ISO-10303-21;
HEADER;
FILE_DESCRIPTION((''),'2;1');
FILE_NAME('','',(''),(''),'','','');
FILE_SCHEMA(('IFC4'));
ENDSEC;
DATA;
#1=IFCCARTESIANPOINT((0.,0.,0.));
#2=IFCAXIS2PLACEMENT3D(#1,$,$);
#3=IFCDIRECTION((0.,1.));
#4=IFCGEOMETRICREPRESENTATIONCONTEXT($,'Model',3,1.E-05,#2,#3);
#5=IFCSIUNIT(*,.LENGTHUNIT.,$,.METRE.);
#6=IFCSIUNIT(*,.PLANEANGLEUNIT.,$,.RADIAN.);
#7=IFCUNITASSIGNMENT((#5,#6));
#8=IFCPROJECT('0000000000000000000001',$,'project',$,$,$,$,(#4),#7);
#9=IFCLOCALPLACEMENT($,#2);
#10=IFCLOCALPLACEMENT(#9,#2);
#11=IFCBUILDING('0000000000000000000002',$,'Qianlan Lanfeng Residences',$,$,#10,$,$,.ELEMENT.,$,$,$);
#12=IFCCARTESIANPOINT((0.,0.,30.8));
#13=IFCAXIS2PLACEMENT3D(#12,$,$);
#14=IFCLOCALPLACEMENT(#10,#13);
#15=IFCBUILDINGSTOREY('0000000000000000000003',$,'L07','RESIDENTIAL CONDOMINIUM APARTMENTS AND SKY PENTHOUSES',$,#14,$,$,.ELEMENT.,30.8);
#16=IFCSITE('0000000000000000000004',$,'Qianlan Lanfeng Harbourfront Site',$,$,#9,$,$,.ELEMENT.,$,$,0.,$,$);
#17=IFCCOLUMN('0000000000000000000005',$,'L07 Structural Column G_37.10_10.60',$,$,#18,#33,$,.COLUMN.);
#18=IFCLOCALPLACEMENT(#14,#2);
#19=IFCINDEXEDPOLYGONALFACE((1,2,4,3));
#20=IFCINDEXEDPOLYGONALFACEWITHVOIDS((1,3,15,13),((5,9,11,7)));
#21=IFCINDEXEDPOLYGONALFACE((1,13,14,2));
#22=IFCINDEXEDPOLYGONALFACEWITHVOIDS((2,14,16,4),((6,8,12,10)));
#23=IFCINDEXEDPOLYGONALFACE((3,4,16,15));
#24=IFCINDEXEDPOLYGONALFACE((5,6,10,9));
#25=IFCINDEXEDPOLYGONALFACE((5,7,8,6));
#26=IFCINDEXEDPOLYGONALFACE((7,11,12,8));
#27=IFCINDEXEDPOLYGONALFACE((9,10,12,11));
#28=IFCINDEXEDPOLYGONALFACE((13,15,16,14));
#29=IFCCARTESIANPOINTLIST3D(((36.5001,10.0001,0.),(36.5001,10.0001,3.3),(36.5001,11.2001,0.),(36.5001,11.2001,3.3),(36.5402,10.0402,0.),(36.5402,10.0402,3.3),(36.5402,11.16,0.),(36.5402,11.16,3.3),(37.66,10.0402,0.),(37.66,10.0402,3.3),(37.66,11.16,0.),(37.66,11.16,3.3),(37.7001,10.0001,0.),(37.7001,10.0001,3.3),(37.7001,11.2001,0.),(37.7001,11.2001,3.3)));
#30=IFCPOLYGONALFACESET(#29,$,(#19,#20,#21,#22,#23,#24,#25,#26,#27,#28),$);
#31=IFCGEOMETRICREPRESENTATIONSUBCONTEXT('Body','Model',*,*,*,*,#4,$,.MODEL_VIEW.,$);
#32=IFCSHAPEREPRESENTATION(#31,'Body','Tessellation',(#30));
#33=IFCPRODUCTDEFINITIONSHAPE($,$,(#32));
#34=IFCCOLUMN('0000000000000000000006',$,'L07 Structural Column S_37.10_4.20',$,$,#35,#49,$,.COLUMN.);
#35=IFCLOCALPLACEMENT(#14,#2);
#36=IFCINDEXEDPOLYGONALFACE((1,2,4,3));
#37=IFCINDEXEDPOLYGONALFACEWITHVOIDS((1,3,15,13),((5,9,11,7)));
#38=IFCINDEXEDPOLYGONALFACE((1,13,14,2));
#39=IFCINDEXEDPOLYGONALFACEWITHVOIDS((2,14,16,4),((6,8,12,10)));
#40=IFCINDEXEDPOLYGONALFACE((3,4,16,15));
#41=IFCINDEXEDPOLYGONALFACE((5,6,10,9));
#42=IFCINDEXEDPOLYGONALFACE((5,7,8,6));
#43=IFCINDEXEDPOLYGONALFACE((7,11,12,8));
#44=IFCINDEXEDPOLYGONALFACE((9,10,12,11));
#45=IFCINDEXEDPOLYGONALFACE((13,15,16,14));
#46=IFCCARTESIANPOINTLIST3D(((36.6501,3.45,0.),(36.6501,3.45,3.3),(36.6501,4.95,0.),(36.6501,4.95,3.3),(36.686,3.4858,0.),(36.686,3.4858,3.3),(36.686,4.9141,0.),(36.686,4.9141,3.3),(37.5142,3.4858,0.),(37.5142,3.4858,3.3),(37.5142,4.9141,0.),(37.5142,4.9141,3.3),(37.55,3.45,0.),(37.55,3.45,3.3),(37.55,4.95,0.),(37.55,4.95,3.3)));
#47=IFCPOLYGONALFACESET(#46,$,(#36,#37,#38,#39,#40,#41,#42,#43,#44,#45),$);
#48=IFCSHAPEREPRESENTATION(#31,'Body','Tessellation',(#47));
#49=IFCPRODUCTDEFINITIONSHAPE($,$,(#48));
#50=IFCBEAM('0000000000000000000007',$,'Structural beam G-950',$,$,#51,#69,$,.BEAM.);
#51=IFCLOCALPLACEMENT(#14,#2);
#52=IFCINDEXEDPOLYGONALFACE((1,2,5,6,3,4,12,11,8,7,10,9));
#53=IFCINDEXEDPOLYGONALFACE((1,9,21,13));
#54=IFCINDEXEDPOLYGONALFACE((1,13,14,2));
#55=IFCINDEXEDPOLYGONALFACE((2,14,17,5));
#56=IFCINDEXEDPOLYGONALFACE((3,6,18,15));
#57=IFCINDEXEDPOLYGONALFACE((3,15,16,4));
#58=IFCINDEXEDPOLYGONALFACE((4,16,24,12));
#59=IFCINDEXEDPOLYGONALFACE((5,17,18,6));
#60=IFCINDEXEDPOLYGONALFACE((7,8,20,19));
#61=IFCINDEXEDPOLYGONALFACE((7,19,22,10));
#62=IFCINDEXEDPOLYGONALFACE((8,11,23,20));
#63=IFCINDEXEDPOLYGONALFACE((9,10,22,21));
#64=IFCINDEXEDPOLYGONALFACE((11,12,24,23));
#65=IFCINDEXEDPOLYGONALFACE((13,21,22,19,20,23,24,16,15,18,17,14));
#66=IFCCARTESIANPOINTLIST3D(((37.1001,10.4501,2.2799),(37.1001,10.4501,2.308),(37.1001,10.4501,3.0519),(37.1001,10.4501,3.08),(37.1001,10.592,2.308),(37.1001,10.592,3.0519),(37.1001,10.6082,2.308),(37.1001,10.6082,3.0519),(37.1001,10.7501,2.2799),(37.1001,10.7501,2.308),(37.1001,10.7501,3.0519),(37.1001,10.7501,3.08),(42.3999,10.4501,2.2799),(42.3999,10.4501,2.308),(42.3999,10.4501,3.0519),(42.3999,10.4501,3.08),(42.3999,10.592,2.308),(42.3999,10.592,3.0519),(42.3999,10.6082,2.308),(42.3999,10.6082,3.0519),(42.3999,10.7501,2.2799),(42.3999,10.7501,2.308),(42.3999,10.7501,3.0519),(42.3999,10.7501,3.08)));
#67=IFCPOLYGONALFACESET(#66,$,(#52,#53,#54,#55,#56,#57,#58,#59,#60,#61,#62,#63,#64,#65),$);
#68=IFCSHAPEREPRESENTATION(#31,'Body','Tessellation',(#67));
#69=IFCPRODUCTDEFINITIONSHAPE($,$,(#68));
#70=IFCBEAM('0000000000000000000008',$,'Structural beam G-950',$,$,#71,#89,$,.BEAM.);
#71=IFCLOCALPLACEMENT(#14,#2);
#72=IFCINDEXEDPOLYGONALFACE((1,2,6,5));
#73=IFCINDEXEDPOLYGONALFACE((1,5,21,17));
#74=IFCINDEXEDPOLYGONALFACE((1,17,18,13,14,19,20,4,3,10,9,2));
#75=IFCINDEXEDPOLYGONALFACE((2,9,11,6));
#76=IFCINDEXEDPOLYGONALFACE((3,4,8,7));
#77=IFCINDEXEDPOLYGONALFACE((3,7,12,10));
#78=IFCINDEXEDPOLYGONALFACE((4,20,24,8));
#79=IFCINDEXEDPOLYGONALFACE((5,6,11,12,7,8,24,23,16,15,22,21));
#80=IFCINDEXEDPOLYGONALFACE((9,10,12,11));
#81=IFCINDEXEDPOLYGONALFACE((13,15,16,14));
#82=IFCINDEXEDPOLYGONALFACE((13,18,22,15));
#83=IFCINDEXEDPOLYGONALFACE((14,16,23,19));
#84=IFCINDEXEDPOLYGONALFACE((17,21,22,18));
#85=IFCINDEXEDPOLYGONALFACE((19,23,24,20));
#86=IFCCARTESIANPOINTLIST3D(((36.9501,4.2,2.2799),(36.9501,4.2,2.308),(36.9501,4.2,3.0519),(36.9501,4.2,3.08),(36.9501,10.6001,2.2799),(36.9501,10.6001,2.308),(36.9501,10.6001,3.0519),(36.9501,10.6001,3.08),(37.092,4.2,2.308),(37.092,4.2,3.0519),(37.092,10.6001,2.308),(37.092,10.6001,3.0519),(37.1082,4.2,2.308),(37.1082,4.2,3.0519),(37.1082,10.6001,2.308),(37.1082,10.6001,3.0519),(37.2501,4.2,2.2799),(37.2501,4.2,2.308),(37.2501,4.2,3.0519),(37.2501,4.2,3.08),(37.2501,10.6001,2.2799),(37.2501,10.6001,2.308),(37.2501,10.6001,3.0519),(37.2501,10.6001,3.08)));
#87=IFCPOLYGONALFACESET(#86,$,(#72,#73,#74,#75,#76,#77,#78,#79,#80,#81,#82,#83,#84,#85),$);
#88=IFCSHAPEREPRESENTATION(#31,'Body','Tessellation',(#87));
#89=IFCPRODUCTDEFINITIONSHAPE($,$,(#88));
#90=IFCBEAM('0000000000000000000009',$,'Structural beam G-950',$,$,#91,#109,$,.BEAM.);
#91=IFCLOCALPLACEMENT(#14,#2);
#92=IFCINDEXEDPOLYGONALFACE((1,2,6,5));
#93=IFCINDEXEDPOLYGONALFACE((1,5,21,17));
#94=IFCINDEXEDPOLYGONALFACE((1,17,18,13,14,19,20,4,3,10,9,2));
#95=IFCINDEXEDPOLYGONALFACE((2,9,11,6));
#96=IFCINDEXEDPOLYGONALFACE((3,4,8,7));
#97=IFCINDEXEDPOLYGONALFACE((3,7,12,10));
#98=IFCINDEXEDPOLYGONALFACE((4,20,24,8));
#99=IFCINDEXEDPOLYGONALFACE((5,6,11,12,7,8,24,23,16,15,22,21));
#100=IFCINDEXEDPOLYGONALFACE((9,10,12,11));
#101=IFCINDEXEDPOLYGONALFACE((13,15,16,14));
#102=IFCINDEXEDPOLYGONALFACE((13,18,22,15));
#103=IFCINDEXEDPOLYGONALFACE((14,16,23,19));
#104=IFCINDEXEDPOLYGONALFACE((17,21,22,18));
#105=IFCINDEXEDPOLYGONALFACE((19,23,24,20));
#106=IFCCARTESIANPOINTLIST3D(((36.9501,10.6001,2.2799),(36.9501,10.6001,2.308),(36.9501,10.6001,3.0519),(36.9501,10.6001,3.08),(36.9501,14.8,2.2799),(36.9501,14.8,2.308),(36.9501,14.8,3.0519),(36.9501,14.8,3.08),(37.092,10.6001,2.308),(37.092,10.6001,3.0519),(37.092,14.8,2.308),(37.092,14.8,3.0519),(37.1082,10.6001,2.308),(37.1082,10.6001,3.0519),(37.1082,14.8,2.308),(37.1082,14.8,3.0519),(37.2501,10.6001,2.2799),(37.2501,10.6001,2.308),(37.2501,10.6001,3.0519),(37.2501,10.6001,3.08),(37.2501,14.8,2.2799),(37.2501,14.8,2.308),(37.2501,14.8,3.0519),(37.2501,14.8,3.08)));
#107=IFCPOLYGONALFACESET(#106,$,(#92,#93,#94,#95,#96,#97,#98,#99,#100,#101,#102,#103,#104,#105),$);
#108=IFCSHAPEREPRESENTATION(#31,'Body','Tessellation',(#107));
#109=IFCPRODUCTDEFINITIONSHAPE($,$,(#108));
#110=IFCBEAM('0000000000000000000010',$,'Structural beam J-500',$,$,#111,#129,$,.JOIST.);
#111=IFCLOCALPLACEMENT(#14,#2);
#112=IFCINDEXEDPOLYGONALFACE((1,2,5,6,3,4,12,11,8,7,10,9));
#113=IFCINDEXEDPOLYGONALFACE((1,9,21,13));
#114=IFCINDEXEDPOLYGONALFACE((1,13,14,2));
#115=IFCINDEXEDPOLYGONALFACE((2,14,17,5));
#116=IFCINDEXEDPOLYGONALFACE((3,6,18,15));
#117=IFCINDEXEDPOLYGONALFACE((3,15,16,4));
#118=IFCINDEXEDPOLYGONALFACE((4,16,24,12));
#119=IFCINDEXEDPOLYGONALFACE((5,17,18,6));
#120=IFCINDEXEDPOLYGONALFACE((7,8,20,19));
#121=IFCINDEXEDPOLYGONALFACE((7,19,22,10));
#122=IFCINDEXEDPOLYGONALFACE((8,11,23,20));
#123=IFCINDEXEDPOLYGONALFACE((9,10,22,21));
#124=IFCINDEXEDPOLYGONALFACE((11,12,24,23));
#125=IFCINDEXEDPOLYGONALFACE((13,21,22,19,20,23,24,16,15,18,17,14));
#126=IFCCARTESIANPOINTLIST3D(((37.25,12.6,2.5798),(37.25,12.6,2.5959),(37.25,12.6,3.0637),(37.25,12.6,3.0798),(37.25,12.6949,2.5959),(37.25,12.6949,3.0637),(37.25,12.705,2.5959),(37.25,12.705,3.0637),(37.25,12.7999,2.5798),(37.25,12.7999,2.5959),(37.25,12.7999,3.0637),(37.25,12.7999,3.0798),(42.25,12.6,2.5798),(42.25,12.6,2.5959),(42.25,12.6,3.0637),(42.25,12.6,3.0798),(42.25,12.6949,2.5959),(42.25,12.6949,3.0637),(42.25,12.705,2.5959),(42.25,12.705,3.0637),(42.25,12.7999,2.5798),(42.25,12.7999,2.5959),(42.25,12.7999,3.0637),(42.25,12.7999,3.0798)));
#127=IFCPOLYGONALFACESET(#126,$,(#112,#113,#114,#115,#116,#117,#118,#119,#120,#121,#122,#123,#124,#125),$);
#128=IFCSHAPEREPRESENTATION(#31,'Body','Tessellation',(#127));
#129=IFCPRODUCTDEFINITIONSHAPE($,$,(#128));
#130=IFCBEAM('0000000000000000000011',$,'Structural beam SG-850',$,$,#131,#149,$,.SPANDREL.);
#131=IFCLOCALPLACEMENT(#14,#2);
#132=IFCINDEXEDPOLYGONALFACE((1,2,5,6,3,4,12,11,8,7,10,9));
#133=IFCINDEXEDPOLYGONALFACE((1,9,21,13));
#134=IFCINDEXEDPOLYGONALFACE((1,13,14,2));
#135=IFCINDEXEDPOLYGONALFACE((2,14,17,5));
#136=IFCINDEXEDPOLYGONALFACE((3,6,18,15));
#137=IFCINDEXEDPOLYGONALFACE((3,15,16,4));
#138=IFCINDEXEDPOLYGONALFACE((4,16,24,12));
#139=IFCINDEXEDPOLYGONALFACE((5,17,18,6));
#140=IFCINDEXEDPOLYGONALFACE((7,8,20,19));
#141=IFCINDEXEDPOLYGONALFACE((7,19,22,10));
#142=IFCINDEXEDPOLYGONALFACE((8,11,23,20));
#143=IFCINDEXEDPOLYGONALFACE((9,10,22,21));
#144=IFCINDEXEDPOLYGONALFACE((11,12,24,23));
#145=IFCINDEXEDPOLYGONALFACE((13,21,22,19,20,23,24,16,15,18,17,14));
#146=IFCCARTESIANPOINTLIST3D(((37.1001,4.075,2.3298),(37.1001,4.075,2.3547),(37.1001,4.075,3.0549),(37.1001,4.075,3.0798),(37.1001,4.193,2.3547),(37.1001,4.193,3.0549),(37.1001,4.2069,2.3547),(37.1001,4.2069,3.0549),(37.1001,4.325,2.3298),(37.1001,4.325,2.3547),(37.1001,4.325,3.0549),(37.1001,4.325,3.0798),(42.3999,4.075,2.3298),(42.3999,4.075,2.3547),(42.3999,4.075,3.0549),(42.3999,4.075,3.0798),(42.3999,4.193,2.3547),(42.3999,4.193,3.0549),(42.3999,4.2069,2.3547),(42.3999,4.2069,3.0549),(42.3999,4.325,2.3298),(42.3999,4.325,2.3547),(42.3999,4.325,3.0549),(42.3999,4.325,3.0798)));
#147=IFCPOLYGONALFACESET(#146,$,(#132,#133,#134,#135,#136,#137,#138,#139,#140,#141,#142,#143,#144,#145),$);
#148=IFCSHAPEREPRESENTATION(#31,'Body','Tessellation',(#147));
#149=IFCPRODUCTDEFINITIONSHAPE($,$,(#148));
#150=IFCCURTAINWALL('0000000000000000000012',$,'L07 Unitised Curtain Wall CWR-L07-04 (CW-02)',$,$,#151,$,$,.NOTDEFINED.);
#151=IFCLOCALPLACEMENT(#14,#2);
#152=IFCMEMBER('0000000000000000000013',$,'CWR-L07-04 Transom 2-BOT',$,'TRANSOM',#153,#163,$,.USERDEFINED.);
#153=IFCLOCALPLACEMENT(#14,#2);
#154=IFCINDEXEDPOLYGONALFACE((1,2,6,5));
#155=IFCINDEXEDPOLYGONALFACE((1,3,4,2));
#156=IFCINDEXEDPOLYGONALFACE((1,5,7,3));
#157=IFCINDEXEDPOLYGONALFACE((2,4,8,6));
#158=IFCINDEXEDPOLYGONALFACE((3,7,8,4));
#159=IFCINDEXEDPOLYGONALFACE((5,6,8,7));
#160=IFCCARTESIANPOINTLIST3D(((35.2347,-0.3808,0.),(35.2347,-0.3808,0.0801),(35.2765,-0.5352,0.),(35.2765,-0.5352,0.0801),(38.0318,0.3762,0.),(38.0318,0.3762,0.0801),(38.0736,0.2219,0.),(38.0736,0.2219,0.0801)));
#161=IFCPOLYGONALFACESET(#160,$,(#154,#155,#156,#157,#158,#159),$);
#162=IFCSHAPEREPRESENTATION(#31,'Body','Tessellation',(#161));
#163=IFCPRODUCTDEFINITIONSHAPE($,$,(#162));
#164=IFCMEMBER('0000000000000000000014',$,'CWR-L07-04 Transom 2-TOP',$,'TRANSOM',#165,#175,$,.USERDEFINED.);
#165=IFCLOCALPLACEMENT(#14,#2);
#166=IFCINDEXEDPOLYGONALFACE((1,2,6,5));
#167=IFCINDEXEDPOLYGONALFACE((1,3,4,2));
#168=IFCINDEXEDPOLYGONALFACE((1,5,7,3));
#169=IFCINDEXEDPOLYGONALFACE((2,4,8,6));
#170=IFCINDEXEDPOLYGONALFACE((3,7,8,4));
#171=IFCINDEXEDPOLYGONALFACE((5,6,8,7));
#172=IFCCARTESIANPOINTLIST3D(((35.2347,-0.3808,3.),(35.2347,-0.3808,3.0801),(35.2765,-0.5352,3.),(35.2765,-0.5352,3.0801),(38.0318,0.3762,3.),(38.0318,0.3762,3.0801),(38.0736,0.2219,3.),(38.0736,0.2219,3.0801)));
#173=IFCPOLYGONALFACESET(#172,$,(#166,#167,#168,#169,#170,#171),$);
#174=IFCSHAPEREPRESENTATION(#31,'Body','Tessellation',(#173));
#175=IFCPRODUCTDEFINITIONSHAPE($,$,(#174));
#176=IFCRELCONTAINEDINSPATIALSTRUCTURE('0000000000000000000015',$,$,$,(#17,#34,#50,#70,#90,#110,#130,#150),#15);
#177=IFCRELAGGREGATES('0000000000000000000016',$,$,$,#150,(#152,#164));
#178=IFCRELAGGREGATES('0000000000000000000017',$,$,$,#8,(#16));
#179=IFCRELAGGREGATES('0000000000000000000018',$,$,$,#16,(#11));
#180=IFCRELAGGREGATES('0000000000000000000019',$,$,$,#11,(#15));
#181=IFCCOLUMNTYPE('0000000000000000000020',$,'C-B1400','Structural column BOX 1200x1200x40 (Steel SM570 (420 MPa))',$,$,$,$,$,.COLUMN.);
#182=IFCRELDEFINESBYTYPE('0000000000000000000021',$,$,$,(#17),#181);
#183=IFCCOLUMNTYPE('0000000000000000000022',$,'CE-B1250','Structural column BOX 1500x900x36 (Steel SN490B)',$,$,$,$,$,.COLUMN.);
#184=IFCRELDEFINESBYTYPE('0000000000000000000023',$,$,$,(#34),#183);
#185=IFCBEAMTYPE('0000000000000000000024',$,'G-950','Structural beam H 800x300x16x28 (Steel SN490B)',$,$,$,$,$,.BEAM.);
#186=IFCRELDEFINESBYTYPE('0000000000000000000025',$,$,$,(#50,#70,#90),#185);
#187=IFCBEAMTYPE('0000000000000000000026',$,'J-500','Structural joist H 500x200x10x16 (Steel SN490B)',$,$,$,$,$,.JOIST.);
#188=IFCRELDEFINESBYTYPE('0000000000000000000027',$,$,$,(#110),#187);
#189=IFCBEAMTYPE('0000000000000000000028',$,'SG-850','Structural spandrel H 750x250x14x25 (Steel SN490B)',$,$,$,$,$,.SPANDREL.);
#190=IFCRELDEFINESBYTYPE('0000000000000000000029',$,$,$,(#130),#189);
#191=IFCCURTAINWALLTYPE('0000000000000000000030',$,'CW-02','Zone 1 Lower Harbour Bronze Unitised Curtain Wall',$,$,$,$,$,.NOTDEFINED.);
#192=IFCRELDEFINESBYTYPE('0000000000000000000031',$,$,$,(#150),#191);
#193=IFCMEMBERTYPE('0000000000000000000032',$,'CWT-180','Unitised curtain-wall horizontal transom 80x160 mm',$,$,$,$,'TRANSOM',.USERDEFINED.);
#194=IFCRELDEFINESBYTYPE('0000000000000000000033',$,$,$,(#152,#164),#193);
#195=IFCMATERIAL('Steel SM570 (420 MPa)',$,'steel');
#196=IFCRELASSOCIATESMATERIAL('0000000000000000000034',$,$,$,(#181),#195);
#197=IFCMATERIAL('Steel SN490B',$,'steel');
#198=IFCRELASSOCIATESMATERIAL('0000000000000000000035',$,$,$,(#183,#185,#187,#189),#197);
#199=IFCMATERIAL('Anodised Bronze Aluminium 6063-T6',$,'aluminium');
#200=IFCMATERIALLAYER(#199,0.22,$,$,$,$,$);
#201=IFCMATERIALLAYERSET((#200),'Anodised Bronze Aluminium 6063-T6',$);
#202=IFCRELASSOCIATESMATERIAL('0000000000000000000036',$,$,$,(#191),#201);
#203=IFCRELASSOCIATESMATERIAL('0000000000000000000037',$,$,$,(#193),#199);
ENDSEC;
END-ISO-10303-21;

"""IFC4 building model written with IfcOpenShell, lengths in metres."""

from ifc_helpers import new_model, si_unit, direction, frame, origin, origin_2d, place, context, subcontext, project, spatial, rectangle, hollow_rectangle, i_section, extrude, source, transform, mapped, material, layer, layer_set, material_profile, profile_set, type_object, element, aggregate, save


model = new_model("IFC4")

# Units and contexts
model_context = context("Model", 3, precision=1e-05, world=origin(), true_north=direction((0.0, 1.0)))
body_context = subcontext(model_context, "Body", "Model", "MODEL_VIEW")
ifc_project = project(units=[si_unit("LENGTHUNIT", "METRE"), si_unit("PLANEANGLEUNIT", "RADIAN")], contexts=[model_context])

# Site, building, storey
site_placement = place(None, origin())
site = spatial("IfcSite", under=ifc_project, at=site_placement, Name="Qianlan Lanfeng Harbourfront Site", CompositionType="ELEMENT", RefElevation=0.0)
building_placement = place(site_placement, origin())
building = spatial("IfcBuilding", under=site, at=building_placement, Name="Qianlan Lanfeng Residences", CompositionType="ELEMENT")
storey_placement = place(building_placement, frame((0.0, 0.0, 30.8)))
storey = spatial("IfcBuildingStorey", under=building, at=storey_placement, Name="L07", Description="RESIDENTIAL CONDOMINIUM APARTMENTS AND SKY PENTHOUSES", CompositionType="ELEMENT", Elevation=30.8)

# Columns
ifc_material_1 = material(Name="Steel SM570 (420 MPa)", Category="steel")
ifc_material_profile_1 = material_profile(ifc_material_1, hollow_rectangle(XDim=1.2, YDim=1.2, WallThickness=0.04, at=origin_2d()), Name="BOX 1200x1200x40")
ifc_profile_set_1 = profile_set([ifc_material_profile_1], Name="Steel SM570 (420 MPa)")
column_type_1 = type_object("IfcColumnType", Name="C-B1400", Description="Structural column BOX 1200x1200x40 (Steel SM570 (420 MPa))", PredefinedType="COLUMN", material=ifc_profile_set_1)
column_1_placement = place(storey_placement, frame((37.1001, 10.6001, 0.0), z_axis=(0.0, 0.0, 1.0), x_axis=(1.0, 0.0, 0.0)))
element("IfcColumn", 1, at=column_1_placement, inside=storey, type_object=column_type_1, Name="L07 Structural Column G_37.10_10.60", PredefinedType="COLUMN", context=body_context, shape_type="SweptSolid", body=[
    extrude(hollow_rectangle(XDim=1.2, YDim=1.2, WallThickness=0.04, at=origin_2d()), origin(), (0.0, 0.0, 1.0), 3.3),
])
ifc_material_2 = material(Name="Steel SN490B", Category="steel")
ifc_material_profile_2 = material_profile(ifc_material_2, hollow_rectangle(XDim=0.8999, YDim=1.5, WallThickness=0.0359, at=origin_2d()), Name="BOX 1500x900x36")
ifc_profile_set_2 = profile_set([ifc_material_profile_2], Name="Steel SN490B")
column_type_2 = type_object("IfcColumnType", Name="CE-B1250", Description="Structural column BOX 1500x900x36 (Steel SN490B)", PredefinedType="COLUMN", material=ifc_profile_set_2)
column_2_placement = place(storey_placement, frame((37.1001, 4.2, 0.0), z_axis=(0.0, 0.0, 1.0), x_axis=(1.0, 0.0, 0.0)))
element("IfcColumn", 2, at=column_2_placement, inside=storey, type_object=column_type_2, Name="L07 Structural Column S_37.10_4.20", PredefinedType="COLUMN", context=body_context, shape_type="SweptSolid", body=[
    extrude(hollow_rectangle(XDim=0.8999, YDim=1.5, WallThickness=0.0359, at=origin_2d()), origin(), (0.0, 0.0, 1.0), 3.3),
])

# Beams
ifc_material_profile_3 = material_profile(ifc_material_2, i_section(OverallWidth=0.3, OverallDepth=0.8, WebThickness=0.0161, FlangeThickness=0.0281, at=origin_2d()), Name="H 800x300x16x28")
ifc_profile_set_3 = profile_set([ifc_material_profile_3], Name="Steel SN490B")
beam_type_1 = type_object("IfcBeamType", Name="G-950", Description="Structural beam H 800x300x16x28 (Steel SN490B)", PredefinedType="BEAM", material=ifc_profile_set_3)
beam_1_placement = place(storey_placement, frame((37.1001, 10.6001, 2.6799), z_axis=(1.0, 0.0, 0.0), x_axis=(0.0, 1.0, 0.0)))
element("IfcBeam", 3, at=beam_1_placement, inside=storey, type_object=beam_type_1, Name="Structural beam G-950", PredefinedType="BEAM", context=body_context, shape_type="SweptSolid", body=[
    extrude(i_section(OverallWidth=0.3, OverallDepth=0.8, WebThickness=0.0161, FlangeThickness=0.0281, at=origin_2d()), origin(), (0.0, 0.0, 1.0), 5.2998),
])
beam_2_placement = place(storey_placement, frame((37.1001, 4.2, 2.6799), z_axis=(0.0, 1.0, 0.0), x_axis=(-1.0, 0.0, 0.0)))
element("IfcBeam", 4, at=beam_2_placement, inside=storey, type_object=beam_type_1, Name="Structural beam G-950", PredefinedType="BEAM", context=body_context, shape_type="SweptSolid", body=[
    extrude(i_section(OverallWidth=0.3, OverallDepth=0.8, WebThickness=0.0161, FlangeThickness=0.0281, at=origin_2d()), origin(), (0.0, 0.0, 1.0), 6.4001),
])
beam_3_placement = place(storey_placement, frame((37.1001, 10.6001, 2.6799), z_axis=(0.0, 1.0, 0.0), x_axis=(-1.0, 0.0, 0.0)))
element("IfcBeam", 5, at=beam_3_placement, inside=storey, type_object=beam_type_1, Name="Structural beam G-950", PredefinedType="BEAM", context=body_context, shape_type="SweptSolid", body=[
    extrude(i_section(OverallWidth=0.3, OverallDepth=0.8, WebThickness=0.0161, FlangeThickness=0.0281, at=origin_2d()), origin(), (0.0, 0.0, 1.0), 4.2),
])
ifc_material_profile_4 = material_profile(ifc_material_2, i_section(OverallWidth=0.2, OverallDepth=0.5, WebThickness=0.01, FlangeThickness=0.0161, at=origin_2d()), Name="H 500x200x10x16")
ifc_profile_set_4 = profile_set([ifc_material_profile_4], Name="Steel SN490B")
beam_type_2 = type_object("IfcBeamType", Name="J-500", Description="Structural joist H 500x200x10x16 (Steel SN490B)", PredefinedType="JOIST", material=ifc_profile_set_4)
beam_4_placement = place(storey_placement, frame((37.25, 12.7, 2.8298), z_axis=(1.0, 0.0, 0.0), x_axis=(0.0, 1.0, 0.0)))
element("IfcBeam", 6, at=beam_4_placement, inside=storey, type_object=beam_type_2, Name="Structural beam J-500", PredefinedType="JOIST", context=body_context, shape_type="SweptSolid", body=[
    extrude(i_section(OverallWidth=0.2, OverallDepth=0.5, WebThickness=0.01, FlangeThickness=0.0161, at=origin_2d()), origin(), (0.0, 0.0, 1.0), 5.0),
])
ifc_material_profile_5 = material_profile(ifc_material_2, i_section(OverallWidth=0.25, OverallDepth=0.75, WebThickness=0.0139, FlangeThickness=0.0249, at=origin_2d()), Name="H 750x250x14x25")
ifc_profile_set_5 = profile_set([ifc_material_profile_5], Name="Steel SN490B")
beam_type_3 = type_object("IfcBeamType", Name="SG-850", Description="Structural spandrel H 750x250x14x25 (Steel SN490B)", PredefinedType="SPANDREL", material=ifc_profile_set_5)
beam_5_placement = place(storey_placement, frame((37.1001, 4.2, 2.7048), z_axis=(1.0, 0.0, 0.0), x_axis=(0.0, 1.0, 0.0)))
element("IfcBeam", 7, at=beam_5_placement, inside=storey, type_object=beam_type_3, Name="Structural beam SG-850", PredefinedType="SPANDREL", context=body_context, shape_type="SweptSolid", body=[
    extrude(i_section(OverallWidth=0.25, OverallDepth=0.75, WebThickness=0.0139, FlangeThickness=0.0249, at=origin_2d()), origin(), (0.0, 0.0, 1.0), 5.2998),
])

# Curtain wall, members
ifc_material_3 = material(Name="Anodised Bronze Aluminium 6063-T6", Category="aluminium")
ifc_layer_1 = layer(ifc_material_3, 0.22)
ifc_layer_set_1 = layer_set([ifc_layer_1], Name="Anodised Bronze Aluminium 6063-T6")
curtain_wall_type = type_object("IfcCurtainWallType", Name="CW-02", Description="Zone 1 Lower Harbour Bronze Unitised Curtain Wall", PredefinedType="NOTDEFINED", material=ifc_layer_set_1)
curtain_wall_1_placement = place(storey_placement, origin())
curtain_wall_1 = element("IfcCurtainWall", 8, at=curtain_wall_1_placement, inside=storey, type_object=curtain_wall_type, Name="L07 Unitised Curtain Wall CWR-L07-04 (CW-02)", PredefinedType="NOTDEFINED")
ifc_material_profile_6 = material_profile(ifc_material_3, rectangle(XDim=0.0801, YDim=0.1599, at=origin_2d()), Name="ALU TRANSOM 80x160")
ifc_profile_set_6 = profile_set([ifc_material_profile_6], Name="Anodised Bronze Aluminium 6063-T6")
member_type_1 = type_object("IfcMemberType", Name="CWT-180", Description="Unitised curtain-wall horizontal transom 80x160 mm", ElementType="TRANSOM", PredefinedType="USERDEFINED", material=ifc_profile_set_6)
shared_shape_1 = source(origin(), body_context, "Body", "SweptSolid", [
    extrude(rectangle(XDim=0.0801, YDim=0.1599, at=origin_2d()), origin(), (0.0, 0.0, 1.0), 2.8977),
])
member_1_placement = place(storey_placement, frame((35.2556, -0.458, 0.04), z_axis=(0.965268, 0.261263, 0.0), x_axis=(0.0, 0.0, 1.0)))
member_1 = element("IfcMember", 9, at=member_1_placement, type_object=member_type_1, Name="CWR-L07-04 Transom 2-BOT", ObjectType="TRANSOM", PredefinedType="USERDEFINED", context=body_context, shape_type="MappedRepresentation", body=[
    mapped(shared_shape_1, transform((0.0, 0.0, 0.0), scale=1.0)),
])
member_2_placement = place(storey_placement, frame((35.2556, -0.458, 3.04), z_axis=(0.965268, 0.261263, 0.0), x_axis=(0.0, 0.0, 1.0)))
member_2 = element("IfcMember", 10, at=member_2_placement, type_object=member_type_1, Name="CWR-L07-04 Transom 2-TOP", ObjectType="TRANSOM", PredefinedType="USERDEFINED", context=body_context, shape_type="MappedRepresentation", body=[
    mapped(shared_shape_1, transform((0.0, 0.0, 0.0), scale=1.0)),
])

aggregate(curtain_wall_1, [member_1, member_2])

save(model, "model.ifc")
